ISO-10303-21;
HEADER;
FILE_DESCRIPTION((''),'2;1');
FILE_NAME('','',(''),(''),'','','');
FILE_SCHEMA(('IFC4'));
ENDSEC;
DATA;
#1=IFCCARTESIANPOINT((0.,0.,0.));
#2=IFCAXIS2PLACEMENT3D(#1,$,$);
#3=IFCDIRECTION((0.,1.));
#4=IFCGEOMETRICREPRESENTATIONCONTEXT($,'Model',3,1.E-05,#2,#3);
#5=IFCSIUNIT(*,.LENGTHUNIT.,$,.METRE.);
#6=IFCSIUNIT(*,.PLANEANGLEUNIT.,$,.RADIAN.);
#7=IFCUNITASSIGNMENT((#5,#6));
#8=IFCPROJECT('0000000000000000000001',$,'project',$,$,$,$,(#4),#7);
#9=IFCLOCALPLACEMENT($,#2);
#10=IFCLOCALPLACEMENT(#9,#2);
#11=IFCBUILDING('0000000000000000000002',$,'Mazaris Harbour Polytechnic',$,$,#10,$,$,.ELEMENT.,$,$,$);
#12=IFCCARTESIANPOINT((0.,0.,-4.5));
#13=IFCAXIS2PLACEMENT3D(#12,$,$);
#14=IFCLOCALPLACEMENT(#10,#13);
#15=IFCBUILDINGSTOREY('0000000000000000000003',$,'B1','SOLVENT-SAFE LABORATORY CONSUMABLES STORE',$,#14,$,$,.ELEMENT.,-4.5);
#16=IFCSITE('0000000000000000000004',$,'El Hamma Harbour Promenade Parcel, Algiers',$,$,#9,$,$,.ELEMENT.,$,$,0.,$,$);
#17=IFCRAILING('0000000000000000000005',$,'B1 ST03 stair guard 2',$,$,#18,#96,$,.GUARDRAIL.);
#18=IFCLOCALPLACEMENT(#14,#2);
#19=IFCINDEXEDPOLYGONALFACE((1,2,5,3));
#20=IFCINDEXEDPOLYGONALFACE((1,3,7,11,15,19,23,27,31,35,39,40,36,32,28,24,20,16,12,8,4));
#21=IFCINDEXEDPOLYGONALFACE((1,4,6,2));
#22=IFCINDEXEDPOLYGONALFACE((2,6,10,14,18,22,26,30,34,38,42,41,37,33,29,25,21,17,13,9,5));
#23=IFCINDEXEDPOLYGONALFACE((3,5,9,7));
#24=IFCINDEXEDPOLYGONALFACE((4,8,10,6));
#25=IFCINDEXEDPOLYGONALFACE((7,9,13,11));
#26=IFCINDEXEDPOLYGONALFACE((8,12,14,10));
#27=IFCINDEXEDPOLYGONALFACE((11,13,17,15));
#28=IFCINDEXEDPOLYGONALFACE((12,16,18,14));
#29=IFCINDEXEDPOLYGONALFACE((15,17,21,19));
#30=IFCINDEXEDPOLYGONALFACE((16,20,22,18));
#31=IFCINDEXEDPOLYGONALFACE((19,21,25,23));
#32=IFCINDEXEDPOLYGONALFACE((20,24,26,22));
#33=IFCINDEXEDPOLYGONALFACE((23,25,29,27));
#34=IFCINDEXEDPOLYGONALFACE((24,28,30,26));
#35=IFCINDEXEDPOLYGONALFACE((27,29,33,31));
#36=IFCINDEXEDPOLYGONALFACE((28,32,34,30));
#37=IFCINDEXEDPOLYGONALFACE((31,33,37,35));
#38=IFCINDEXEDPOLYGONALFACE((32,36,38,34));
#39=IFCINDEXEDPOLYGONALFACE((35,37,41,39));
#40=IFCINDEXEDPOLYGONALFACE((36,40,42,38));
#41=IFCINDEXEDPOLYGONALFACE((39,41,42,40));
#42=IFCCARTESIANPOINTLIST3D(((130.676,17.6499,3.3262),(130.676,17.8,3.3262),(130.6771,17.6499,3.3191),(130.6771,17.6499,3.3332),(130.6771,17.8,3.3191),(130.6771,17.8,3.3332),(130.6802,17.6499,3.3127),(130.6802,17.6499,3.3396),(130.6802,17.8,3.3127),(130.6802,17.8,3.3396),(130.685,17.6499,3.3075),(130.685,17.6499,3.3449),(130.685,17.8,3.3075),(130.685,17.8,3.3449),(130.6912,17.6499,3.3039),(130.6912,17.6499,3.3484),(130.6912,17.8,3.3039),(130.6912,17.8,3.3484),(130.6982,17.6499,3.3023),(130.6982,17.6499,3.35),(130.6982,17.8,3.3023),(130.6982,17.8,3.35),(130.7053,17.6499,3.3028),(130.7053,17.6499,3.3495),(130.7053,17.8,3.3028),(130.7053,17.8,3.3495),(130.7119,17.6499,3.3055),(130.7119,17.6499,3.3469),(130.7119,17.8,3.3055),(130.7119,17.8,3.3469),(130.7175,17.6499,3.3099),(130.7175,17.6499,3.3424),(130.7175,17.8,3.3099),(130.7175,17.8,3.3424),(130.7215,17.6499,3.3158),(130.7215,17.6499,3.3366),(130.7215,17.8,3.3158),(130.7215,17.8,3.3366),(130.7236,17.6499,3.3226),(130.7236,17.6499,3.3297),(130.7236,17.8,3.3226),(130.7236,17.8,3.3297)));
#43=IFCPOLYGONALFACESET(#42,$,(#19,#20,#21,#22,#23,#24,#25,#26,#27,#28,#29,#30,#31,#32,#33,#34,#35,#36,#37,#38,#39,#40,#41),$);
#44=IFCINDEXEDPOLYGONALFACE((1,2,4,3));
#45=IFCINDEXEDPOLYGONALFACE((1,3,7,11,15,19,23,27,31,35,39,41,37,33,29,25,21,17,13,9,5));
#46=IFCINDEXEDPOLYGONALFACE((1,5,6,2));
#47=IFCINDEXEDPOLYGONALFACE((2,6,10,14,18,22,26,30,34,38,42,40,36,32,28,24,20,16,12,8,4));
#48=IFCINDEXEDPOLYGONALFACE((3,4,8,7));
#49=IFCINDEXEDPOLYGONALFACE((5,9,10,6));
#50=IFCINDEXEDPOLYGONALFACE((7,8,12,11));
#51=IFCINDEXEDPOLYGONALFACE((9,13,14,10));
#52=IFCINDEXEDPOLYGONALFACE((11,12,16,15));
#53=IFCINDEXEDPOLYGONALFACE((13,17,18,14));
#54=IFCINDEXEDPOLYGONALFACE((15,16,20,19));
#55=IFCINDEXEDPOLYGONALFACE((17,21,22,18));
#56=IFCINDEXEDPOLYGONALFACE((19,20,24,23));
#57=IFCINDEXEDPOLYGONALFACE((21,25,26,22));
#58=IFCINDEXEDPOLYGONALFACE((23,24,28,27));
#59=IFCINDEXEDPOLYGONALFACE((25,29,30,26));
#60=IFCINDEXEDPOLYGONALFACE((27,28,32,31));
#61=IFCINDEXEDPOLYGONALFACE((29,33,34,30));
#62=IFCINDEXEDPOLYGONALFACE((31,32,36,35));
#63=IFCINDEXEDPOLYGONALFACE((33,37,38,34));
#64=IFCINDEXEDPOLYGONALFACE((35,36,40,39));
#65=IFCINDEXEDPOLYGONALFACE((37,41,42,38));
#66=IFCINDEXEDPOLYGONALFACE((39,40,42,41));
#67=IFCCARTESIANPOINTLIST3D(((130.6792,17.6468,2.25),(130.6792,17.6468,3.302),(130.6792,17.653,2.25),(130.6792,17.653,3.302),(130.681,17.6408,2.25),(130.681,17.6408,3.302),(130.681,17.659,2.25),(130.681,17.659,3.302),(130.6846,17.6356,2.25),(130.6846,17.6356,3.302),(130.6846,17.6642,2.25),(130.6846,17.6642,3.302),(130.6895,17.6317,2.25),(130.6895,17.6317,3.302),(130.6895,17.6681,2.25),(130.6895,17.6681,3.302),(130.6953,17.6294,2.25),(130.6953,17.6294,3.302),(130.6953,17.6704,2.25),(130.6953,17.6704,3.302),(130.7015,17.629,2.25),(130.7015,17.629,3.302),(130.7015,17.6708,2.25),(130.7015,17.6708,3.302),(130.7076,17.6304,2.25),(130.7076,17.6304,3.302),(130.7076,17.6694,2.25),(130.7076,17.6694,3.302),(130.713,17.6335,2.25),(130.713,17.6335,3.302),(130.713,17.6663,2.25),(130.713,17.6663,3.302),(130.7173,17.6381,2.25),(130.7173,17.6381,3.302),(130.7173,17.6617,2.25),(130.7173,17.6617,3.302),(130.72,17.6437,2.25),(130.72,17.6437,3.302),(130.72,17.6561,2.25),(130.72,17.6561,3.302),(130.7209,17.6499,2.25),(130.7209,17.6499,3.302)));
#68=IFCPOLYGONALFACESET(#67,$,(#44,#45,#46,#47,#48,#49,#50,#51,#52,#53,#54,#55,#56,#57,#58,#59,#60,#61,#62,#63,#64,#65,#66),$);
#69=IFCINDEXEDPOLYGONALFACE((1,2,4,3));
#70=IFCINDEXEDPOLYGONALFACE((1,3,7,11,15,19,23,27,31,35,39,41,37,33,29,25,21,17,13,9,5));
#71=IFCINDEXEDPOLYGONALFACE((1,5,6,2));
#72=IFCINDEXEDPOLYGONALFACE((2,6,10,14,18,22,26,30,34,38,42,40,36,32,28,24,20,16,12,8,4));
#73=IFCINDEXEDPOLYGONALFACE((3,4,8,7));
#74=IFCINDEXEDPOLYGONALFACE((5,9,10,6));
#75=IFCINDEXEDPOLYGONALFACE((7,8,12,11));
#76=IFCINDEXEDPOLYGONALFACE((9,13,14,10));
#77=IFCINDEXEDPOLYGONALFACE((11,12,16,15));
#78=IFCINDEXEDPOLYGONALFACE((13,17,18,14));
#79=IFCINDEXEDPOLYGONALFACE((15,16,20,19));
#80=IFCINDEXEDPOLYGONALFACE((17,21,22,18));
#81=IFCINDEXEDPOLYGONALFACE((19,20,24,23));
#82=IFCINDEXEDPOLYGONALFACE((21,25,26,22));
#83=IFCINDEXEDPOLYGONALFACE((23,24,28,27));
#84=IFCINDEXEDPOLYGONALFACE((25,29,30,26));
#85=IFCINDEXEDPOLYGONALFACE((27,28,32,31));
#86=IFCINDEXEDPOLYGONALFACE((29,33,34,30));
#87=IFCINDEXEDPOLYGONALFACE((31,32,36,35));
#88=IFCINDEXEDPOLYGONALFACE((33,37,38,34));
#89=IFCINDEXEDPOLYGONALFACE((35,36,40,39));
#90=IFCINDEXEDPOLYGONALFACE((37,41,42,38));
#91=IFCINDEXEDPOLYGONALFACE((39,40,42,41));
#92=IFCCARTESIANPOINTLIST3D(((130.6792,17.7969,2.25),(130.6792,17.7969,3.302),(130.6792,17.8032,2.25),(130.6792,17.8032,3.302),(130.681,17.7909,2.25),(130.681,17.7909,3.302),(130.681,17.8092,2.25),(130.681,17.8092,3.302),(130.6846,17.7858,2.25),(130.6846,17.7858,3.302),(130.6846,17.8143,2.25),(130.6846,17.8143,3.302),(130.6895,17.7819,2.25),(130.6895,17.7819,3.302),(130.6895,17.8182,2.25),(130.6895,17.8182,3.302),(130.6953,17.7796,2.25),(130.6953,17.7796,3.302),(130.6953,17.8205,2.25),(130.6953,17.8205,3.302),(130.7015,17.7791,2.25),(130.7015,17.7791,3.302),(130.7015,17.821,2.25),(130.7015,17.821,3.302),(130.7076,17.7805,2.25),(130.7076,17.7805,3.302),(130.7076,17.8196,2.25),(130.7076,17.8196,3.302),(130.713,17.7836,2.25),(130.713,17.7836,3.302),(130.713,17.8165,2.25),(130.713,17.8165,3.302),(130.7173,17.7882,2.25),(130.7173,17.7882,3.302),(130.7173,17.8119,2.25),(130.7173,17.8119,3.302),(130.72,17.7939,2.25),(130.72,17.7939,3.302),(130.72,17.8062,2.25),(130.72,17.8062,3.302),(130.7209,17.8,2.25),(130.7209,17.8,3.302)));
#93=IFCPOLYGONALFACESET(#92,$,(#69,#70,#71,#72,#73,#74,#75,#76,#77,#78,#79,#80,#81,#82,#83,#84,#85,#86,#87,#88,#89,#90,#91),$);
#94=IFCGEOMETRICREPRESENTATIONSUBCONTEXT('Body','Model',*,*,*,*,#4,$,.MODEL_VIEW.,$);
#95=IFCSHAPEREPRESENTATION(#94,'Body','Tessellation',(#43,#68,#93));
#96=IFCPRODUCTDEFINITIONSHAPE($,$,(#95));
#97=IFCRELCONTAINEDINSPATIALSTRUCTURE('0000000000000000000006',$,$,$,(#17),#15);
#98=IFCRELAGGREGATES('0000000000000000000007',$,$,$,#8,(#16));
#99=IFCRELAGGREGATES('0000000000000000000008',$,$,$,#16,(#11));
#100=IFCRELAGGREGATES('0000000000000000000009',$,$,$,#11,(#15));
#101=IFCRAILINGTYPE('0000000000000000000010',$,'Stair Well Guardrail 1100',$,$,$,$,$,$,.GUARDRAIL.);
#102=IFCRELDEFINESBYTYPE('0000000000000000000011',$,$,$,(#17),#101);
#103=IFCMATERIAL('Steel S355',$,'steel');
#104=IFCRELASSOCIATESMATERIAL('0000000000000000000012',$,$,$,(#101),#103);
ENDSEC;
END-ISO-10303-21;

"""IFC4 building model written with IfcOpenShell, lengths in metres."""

from ifc_helpers import new_model, si_unit, direction, frame, origin, origin_2d, place, context, subcontext, project, spatial, circle, extrude, material, type_object, element, save


model = new_model("IFC4")

# Units and contexts
model_context = context("Model", 3, precision=1e-05, world=origin(), true_north=direction((0.0, 1.0)))
body_context = subcontext(model_context, "Body", "Model", "MODEL_VIEW")
ifc_project = project(units=[si_unit("LENGTHUNIT", "METRE"), si_unit("PLANEANGLEUNIT", "RADIAN")], contexts=[model_context])

# Site, building, storey
site_placement = place(None, origin())
site = spatial("IfcSite", under=ifc_project, at=site_placement, Name="El Hamma Harbour Promenade Parcel, Algiers", CompositionType="ELEMENT", RefElevation=0.0)
building_placement = place(site_placement, origin())
building = spatial("IfcBuilding", under=site, at=building_placement, Name="Mazaris Harbour Polytechnic", CompositionType="ELEMENT")
storey_placement = place(building_placement, frame((0.0, 0.0, -4.5)))
storey = spatial("IfcBuildingStorey", under=building, at=storey_placement, Name="B1", Description="SOLVENT-SAFE LABORATORY CONSUMABLES STORE", CompositionType="ELEMENT", Elevation=-4.5)

# Railing
ifc_material_1 = material(Name="Steel S355", Category="steel")
railing_type_1 = type_object("IfcRailingType", Name="Stair Well Guardrail 1100", PredefinedType="GUARDRAIL", material=ifc_material_1)
railing_1_placement = place(storey_placement, frame((130.7, 17.6499, 2.25)))
element("IfcRailing", 1, at=railing_1_placement, inside=storey, type_object=railing_type_1, Name="B1 ST03 stair guard 2", PredefinedType="GUARDRAIL", context=body_context, shape_type="SweptSolid", body=[
    extrude(circle(Radius=0.0239, at=origin_2d()), frame((0.0, 0.0, 1.0762), z_axis=(0.0, 1.0, 0.0), x_axis=(-1.0, 0.0, 0.0)), (0.0, 0.0, 1.0), 0.1501),
    extrude(circle(Radius=0.021, at=origin_2d()), origin(), (0.0, 0.0, 1.0), 1.052),
    extrude(circle(Radius=0.021, at=origin_2d()), frame((0.0, 0.1501, 0.0)), (0.0, 0.0, 1.0), 1.052),
])

save(model, "model.ifc")
